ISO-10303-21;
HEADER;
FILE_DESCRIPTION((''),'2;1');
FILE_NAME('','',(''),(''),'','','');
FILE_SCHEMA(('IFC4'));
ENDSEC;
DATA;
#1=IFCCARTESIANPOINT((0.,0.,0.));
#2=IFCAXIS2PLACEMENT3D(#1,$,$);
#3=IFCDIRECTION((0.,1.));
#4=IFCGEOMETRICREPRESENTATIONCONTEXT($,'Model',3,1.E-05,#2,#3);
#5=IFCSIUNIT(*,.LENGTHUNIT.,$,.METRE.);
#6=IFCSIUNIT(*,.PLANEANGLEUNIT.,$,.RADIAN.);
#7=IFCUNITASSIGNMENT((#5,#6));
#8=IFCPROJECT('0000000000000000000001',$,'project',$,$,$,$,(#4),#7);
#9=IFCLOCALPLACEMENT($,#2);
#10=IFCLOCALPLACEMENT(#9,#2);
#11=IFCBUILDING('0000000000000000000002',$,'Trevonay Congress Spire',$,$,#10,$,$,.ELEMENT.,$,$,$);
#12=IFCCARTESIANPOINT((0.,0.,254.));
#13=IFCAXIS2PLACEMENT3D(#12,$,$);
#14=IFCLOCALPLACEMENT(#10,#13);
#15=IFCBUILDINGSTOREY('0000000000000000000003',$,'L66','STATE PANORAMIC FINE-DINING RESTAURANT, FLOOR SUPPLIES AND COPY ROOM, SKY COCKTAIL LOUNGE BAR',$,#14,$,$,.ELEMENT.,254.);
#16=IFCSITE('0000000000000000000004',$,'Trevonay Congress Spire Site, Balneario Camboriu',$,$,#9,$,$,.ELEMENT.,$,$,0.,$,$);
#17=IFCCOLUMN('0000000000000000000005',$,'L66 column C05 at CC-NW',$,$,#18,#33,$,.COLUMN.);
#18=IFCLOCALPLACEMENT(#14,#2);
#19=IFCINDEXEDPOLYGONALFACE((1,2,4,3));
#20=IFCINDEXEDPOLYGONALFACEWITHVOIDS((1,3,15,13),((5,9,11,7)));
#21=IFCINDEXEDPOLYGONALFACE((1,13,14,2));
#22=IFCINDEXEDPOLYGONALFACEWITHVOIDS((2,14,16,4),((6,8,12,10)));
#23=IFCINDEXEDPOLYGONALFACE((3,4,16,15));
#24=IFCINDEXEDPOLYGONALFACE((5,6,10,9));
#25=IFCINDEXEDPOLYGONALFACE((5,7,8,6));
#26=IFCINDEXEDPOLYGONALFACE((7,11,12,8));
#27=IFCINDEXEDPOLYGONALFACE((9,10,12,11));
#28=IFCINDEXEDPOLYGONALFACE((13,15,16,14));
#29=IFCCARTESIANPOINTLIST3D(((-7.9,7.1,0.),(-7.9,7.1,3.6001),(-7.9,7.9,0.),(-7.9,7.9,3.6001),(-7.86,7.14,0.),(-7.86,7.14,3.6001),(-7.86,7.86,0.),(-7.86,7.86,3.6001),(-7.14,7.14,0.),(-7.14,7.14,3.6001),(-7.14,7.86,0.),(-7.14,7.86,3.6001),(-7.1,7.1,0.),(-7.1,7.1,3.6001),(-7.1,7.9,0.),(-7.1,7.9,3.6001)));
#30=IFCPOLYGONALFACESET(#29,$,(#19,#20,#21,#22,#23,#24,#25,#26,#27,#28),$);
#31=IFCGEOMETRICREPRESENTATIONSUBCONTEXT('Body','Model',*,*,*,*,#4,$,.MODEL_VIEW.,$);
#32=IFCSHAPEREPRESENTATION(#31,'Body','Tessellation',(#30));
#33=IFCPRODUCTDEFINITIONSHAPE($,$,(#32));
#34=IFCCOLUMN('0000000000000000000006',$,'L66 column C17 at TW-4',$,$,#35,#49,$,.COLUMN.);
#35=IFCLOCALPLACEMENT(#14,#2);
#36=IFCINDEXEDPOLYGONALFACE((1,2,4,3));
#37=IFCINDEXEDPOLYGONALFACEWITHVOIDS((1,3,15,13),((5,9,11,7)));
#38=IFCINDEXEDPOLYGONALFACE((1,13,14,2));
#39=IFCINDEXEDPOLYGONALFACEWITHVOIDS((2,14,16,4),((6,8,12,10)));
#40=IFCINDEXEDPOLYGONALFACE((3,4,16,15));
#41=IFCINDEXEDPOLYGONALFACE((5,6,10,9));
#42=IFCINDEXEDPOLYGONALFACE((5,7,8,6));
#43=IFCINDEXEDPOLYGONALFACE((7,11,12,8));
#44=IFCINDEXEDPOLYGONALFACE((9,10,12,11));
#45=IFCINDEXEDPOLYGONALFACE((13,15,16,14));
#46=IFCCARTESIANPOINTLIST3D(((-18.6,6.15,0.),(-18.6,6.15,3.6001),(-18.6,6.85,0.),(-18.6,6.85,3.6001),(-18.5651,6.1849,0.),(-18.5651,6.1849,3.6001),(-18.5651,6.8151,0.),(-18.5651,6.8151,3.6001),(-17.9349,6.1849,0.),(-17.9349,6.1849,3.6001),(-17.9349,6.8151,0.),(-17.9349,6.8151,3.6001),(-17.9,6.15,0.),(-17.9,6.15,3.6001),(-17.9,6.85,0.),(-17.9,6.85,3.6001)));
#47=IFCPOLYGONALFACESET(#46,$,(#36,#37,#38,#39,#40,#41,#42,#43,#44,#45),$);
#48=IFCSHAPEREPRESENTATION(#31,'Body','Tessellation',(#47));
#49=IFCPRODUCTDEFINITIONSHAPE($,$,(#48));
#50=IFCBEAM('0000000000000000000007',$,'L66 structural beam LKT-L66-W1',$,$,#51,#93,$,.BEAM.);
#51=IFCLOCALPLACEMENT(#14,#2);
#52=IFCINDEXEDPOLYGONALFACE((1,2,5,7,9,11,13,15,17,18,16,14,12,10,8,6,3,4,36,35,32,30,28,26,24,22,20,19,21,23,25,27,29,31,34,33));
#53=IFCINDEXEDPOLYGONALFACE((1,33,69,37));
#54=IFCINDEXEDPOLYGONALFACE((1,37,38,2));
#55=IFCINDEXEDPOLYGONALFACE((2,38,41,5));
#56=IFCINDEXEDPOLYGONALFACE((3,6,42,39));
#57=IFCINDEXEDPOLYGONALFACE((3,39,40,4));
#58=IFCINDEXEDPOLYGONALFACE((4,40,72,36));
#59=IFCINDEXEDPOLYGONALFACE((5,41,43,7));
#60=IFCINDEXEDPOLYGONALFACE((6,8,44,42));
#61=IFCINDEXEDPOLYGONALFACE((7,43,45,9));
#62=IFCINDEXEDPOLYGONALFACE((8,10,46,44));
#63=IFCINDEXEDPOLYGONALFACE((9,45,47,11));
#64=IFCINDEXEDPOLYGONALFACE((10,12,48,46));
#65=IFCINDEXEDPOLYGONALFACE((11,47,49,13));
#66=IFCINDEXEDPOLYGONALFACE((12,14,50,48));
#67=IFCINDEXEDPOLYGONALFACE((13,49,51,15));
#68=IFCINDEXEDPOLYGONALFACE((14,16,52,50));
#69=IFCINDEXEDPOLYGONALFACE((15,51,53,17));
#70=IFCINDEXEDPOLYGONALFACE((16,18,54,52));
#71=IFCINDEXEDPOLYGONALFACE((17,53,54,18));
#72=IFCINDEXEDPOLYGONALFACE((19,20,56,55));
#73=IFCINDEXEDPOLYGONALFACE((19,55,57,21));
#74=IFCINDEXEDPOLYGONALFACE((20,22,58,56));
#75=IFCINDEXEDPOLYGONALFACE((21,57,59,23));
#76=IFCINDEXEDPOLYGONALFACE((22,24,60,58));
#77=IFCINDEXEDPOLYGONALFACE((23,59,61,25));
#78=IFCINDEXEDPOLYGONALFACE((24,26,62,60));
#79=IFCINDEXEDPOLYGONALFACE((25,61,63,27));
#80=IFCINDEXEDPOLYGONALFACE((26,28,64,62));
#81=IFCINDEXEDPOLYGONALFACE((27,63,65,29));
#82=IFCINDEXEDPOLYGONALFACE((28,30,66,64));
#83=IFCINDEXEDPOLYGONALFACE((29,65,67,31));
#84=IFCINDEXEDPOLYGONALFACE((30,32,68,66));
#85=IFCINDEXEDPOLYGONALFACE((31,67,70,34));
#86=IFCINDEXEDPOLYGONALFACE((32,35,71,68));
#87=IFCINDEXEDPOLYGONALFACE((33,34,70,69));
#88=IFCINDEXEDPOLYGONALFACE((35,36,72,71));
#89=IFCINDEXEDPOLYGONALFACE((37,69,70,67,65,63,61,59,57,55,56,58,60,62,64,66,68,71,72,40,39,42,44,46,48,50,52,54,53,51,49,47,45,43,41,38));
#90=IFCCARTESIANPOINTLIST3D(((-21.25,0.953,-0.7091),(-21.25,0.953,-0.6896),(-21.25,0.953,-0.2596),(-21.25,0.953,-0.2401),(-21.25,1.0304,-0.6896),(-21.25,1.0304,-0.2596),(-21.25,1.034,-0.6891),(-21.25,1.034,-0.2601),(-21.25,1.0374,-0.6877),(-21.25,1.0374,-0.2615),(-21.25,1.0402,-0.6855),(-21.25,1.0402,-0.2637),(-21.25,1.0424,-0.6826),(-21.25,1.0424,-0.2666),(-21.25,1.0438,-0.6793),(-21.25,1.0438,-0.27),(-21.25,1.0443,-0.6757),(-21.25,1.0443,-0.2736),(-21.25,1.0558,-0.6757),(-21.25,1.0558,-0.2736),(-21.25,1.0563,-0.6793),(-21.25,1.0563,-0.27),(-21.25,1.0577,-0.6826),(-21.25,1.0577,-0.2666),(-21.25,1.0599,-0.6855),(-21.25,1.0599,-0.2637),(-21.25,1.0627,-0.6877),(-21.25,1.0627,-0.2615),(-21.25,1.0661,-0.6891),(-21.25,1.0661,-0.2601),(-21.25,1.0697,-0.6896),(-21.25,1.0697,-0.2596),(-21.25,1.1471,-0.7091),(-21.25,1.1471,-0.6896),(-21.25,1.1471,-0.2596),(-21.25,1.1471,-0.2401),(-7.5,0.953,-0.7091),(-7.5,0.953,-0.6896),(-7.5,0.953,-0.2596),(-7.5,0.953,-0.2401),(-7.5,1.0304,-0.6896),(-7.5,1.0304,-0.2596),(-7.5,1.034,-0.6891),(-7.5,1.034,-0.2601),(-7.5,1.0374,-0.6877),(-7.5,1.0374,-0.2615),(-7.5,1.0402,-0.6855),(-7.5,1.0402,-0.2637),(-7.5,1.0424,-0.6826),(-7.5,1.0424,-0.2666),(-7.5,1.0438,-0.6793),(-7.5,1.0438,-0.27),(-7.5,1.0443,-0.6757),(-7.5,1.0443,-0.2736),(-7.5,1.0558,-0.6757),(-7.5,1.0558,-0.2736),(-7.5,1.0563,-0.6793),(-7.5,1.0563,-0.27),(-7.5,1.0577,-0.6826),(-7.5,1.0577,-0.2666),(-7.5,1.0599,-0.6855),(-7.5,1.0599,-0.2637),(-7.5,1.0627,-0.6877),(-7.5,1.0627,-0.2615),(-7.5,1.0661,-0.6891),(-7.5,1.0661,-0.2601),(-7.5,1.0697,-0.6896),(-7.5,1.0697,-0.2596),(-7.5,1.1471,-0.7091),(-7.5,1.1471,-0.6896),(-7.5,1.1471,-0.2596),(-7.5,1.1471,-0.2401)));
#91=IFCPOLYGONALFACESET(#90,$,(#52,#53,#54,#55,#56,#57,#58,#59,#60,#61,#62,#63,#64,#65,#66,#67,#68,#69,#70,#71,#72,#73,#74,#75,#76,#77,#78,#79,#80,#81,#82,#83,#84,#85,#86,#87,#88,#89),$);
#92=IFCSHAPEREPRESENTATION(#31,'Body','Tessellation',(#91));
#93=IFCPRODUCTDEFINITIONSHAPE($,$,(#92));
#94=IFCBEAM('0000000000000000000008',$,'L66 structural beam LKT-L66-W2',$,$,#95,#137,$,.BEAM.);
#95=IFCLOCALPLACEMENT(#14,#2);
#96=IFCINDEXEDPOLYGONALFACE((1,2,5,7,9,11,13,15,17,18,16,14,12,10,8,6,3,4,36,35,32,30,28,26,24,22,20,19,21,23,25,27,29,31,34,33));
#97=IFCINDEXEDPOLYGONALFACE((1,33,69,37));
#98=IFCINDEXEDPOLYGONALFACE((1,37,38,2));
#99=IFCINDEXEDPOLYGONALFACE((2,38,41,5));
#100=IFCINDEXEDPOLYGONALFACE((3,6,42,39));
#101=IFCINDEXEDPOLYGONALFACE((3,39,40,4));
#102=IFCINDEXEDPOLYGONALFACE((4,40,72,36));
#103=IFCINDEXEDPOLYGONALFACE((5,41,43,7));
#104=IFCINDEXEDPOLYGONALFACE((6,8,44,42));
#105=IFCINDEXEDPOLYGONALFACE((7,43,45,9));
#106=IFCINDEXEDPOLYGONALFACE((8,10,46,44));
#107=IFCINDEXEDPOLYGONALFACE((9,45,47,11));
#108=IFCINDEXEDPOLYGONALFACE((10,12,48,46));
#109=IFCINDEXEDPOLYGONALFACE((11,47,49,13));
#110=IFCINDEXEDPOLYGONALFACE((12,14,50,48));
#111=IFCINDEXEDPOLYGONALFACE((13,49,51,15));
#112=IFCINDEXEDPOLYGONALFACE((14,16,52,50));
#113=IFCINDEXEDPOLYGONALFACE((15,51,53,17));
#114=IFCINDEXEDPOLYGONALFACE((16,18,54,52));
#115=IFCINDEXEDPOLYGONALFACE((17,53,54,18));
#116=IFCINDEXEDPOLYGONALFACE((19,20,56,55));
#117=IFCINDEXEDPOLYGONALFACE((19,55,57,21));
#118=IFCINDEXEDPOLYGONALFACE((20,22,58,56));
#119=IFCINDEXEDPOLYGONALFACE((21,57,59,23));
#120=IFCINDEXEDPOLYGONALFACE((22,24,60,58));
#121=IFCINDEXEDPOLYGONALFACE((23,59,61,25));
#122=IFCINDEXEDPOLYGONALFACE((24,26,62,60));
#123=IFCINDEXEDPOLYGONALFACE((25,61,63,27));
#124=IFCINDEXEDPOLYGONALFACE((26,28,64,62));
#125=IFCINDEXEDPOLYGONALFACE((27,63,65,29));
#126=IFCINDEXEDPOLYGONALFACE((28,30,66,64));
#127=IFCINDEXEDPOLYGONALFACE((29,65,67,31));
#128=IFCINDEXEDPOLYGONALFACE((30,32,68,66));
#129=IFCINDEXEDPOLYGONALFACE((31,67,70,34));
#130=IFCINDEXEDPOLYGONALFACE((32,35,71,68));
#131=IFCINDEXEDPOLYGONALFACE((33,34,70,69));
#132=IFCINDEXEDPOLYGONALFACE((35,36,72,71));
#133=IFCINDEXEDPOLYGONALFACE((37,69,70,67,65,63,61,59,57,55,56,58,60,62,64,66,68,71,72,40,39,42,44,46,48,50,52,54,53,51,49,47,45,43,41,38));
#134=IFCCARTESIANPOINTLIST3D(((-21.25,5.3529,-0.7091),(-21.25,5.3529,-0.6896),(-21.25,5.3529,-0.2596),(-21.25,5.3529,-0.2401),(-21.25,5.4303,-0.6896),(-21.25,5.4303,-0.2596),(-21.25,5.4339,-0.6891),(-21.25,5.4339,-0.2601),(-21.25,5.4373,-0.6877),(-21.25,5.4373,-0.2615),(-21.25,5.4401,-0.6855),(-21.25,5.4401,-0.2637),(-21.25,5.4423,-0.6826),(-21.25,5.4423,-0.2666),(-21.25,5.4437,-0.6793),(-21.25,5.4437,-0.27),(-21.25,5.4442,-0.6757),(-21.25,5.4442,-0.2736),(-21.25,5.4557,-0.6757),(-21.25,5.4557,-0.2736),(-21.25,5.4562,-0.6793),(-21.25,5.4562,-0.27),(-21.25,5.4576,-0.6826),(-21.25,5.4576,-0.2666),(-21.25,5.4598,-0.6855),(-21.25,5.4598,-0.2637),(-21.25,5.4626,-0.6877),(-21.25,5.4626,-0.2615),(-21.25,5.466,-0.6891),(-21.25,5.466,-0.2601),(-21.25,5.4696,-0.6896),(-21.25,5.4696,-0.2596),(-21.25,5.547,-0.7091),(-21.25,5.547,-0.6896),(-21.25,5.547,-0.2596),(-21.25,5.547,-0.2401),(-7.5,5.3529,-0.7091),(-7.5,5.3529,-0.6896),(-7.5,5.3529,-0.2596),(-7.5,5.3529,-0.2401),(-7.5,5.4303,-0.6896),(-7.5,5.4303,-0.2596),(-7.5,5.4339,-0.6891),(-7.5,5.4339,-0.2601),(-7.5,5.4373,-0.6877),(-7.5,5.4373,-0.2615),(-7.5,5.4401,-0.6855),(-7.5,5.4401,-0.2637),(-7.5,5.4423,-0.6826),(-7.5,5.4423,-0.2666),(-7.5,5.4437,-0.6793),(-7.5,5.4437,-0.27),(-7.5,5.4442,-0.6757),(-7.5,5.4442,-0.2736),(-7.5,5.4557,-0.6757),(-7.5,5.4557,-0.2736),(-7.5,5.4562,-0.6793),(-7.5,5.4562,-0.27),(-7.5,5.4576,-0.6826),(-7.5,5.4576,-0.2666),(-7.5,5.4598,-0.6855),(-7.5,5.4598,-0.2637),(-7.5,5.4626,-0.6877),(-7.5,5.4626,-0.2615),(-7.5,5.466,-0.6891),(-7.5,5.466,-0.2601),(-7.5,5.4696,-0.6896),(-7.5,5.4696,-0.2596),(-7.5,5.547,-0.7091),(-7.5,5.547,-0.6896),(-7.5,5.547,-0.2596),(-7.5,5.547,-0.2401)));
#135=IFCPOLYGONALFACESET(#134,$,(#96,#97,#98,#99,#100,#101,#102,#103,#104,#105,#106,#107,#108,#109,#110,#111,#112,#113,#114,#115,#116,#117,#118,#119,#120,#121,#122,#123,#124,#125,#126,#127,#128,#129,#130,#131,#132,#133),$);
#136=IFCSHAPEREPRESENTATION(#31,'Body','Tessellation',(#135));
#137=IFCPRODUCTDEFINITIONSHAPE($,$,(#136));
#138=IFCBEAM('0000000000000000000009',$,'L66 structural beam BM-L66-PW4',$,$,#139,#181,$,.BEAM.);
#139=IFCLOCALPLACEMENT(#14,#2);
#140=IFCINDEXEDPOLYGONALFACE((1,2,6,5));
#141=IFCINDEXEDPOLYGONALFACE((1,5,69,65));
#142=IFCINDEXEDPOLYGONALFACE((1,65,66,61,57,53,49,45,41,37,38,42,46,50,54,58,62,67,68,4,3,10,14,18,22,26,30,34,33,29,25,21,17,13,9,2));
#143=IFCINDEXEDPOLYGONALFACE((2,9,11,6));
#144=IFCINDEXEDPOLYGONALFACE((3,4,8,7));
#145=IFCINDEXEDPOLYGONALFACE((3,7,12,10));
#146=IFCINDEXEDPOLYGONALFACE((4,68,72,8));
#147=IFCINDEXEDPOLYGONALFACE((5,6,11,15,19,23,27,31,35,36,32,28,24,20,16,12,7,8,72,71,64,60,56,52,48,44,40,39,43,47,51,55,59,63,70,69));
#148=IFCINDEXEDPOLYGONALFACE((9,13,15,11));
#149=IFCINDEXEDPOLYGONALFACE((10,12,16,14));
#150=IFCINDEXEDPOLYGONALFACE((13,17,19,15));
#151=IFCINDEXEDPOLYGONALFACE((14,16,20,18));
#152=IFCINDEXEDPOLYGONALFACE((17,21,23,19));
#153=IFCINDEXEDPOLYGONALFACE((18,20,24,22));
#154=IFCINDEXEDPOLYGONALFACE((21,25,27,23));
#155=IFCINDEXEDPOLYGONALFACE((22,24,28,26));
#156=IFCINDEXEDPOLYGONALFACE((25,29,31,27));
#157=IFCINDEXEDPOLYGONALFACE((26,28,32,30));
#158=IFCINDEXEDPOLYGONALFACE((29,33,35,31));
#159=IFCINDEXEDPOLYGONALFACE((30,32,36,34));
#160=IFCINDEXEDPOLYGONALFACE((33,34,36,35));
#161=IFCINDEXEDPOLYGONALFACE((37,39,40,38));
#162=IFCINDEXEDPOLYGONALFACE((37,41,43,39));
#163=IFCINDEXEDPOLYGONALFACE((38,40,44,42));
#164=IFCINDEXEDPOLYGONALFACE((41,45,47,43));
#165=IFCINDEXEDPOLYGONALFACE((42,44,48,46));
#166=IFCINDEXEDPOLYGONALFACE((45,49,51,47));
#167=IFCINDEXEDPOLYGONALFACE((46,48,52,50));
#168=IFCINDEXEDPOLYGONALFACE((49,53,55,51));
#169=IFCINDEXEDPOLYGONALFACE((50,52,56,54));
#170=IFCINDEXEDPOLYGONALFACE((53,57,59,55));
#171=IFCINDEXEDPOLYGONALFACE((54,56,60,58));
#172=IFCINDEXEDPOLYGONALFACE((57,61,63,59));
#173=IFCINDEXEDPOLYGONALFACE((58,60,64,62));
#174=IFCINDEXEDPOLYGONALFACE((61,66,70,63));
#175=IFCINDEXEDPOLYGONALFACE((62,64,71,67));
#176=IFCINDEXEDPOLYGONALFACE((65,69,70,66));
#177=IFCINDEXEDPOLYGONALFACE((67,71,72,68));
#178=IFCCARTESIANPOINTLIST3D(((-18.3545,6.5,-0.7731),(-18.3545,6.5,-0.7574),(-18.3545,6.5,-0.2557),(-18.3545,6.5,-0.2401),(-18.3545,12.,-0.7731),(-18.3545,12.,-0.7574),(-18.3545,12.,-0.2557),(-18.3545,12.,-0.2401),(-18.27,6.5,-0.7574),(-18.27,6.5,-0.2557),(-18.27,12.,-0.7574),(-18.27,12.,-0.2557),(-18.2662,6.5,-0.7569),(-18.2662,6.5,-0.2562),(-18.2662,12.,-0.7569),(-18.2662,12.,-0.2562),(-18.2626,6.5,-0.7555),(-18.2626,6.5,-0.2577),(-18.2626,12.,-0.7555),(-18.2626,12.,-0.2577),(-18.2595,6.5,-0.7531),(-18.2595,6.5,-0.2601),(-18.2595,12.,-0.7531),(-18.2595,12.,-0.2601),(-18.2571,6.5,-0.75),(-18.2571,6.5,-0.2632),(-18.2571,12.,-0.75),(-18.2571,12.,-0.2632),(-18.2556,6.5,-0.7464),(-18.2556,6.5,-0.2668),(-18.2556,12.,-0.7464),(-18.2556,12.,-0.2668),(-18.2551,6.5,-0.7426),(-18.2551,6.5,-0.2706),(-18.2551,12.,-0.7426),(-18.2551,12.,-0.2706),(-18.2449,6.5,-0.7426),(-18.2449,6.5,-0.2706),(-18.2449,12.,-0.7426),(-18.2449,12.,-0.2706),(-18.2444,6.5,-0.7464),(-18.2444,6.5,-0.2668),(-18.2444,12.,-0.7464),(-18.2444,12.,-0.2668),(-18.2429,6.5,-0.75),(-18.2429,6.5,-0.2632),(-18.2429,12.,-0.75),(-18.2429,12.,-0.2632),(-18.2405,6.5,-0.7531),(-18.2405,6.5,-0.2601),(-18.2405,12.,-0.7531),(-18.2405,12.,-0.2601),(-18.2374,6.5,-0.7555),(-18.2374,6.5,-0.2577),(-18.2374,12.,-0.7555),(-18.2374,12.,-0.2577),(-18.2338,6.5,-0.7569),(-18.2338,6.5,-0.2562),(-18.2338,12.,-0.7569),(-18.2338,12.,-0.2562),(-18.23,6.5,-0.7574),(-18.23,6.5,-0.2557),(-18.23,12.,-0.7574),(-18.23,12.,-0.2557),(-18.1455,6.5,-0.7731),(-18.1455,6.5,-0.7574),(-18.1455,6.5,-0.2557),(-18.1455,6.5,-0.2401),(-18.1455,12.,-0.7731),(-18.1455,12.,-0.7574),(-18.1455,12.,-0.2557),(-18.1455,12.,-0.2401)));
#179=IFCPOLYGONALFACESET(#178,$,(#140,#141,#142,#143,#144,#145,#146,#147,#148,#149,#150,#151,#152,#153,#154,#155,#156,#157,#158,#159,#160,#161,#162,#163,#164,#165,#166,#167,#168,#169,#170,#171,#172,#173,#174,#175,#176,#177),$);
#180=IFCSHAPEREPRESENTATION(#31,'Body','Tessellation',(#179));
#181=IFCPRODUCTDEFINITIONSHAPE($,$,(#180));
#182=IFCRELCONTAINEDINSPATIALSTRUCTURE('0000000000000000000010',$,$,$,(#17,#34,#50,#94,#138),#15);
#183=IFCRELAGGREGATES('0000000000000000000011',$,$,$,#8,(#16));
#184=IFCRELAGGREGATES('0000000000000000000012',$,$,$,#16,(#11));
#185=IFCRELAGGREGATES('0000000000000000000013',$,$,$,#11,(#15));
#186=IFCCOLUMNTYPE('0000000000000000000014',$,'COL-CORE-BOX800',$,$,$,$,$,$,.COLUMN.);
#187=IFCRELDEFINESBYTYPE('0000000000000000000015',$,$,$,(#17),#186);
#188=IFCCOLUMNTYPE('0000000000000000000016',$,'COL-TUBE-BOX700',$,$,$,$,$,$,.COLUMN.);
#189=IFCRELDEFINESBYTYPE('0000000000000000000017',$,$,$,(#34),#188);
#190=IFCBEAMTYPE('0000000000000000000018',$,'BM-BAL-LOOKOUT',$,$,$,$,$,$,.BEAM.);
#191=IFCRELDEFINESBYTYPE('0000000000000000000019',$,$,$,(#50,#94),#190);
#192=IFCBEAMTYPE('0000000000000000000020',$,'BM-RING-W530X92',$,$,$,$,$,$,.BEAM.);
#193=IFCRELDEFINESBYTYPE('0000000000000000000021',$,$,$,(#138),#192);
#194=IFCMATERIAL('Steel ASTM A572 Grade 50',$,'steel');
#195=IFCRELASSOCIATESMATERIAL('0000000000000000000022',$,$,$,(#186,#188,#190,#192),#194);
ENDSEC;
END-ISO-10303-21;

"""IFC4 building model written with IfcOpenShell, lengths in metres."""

from ifc_helpers import new_model, si_unit, direction, frame, origin, origin_2d, place, context, subcontext, project, spatial, hollow_rectangle, i_section, extrude, material, material_profile, profile_set, type_object, element, save


model = new_model("IFC4")

# Units and contexts
model_context = context("Model", 3, precision=1e-05, world=origin(), true_north=direction((0.0, 1.0)))
body_context = subcontext(model_context, "Body", "Model", "MODEL_VIEW")
ifc_project = project(units=[si_unit("LENGTHUNIT", "METRE"), si_unit("PLANEANGLEUNIT", "RADIAN")], contexts=[model_context])

# Site, building, storey
site_placement = place(None, origin())
site = spatial("IfcSite", under=ifc_project, at=site_placement, Name="Trevonay Congress Spire Site, Balneario Camboriu", CompositionType="ELEMENT", RefElevation=0.0)
building_placement = place(site_placement, origin())
building = spatial("IfcBuilding", under=site, at=building_placement, Name="Trevonay Congress Spire", CompositionType="ELEMENT")
storey_placement = place(building_placement, frame((0.0, 0.0, 254.0)))
storey = spatial("IfcBuildingStorey", under=building, at=storey_placement, Name="L66", Description="STATE PANORAMIC FINE-DINING RESTAURANT, FLOOR SUPPLIES AND COPY ROOM, SKY COCKTAIL LOUNGE BAR", CompositionType="ELEMENT", Elevation=254.0)

# Columns
ifc_material_1 = material(Name="Steel ASTM A572 Grade 50", Category="steel")
ifc_material_profile_1 = material_profile(ifc_material_1, hollow_rectangle(XDim=0.8, YDim=0.8, WallThickness=0.04, at=origin_2d()), Name="BOX 800x800x40")
ifc_profile_set_1 = profile_set([ifc_material_profile_1], Name="Steel ASTM A572 Grade 50")
column_type_1 = type_object("IfcColumnType", Name="COL-CORE-BOX800", PredefinedType="COLUMN", material=ifc_profile_set_1)
column_1_placement = place(storey_placement, frame((-7.5, 7.5, 0.0), z_axis=(0.0, 0.0, 1.0), x_axis=(1.0, 0.0, 0.0)))
element("IfcColumn", 1, at=column_1_placement, inside=storey, type_object=column_type_1, Name="L66 column C05 at CC-NW", PredefinedType="COLUMN", context=body_context, shape_type="SweptSolid", body=[
    extrude(hollow_rectangle(XDim=0.8, YDim=0.8, WallThickness=0.04, at=origin_2d()), origin(), (0.0, 0.0, 1.0), 3.6001),
])
ifc_material_profile_2 = material_profile(ifc_material_1, hollow_rectangle(XDim=0.7, YDim=0.7, WallThickness=0.0349, at=origin_2d()), Name="BOX 700x700x35")
ifc_profile_set_2 = profile_set([ifc_material_profile_2], Name="Steel ASTM A572 Grade 50")
column_type_2 = type_object("IfcColumnType", Name="COL-TUBE-BOX700", PredefinedType="COLUMN", material=ifc_profile_set_2)
column_2_placement = place(storey_placement, frame((-18.25, 6.5, 0.0), z_axis=(0.0, 0.0, 1.0), x_axis=(1.0, 0.0, 0.0)))
element("IfcColumn", 2, at=column_2_placement, inside=storey, type_object=column_type_2, Name="L66 column C17 at TW-4", PredefinedType="COLUMN", context=body_context, shape_type="SweptSolid", body=[
    extrude(hollow_rectangle(XDim=0.7, YDim=0.7, WallThickness=0.0349, at=origin_2d()), origin(), (0.0, 0.0, 1.0), 3.6001),
])

# Beams
ifc_material_profile_3 = material_profile(ifc_material_1, i_section(OverallWidth=0.1941, OverallDepth=0.469, WebThickness=0.0115, FlangeThickness=0.0195, FilletRadius=0.0139, at=origin_2d()), Name="W460x106")
ifc_profile_set_3 = profile_set([ifc_material_profile_3], Name="Steel ASTM A572 Grade 50")
beam_type_1 = type_object("IfcBeamType", Name="BM-BAL-LOOKOUT", PredefinedType="BEAM", material=ifc_profile_set_3)
for number, where, z_axis, x_axis, name in (
    (3, (-7.5, 1.05, -0.4746), (-1.0, 0.0, 0.0), (0.0, -1.0, 0.0), "L66 structural beam LKT-L66-W1"),
    (4, (-7.5, 5.45, -0.4746), (-1.0, 0.0, 0.0), (0.0, -1.0, 0.0), "L66 structural beam LKT-L66-W2"),
):
    element("IfcBeam", number, at=place(storey_placement, frame(where, z_axis=z_axis, x_axis=x_axis)), inside=storey, type_object=beam_type_1, Name=name, PredefinedType="BEAM", context=body_context, shape_type="SweptSolid", body=[
        extrude(i_section(OverallWidth=0.1941, OverallDepth=0.469, WebThickness=0.0115, FlangeThickness=0.0195, FilletRadius=0.0139, at=origin_2d()), origin(), (0.0, 0.0, 1.0), 13.75),
    ])
ifc_material_profile_4 = material_profile(ifc_material_1, i_section(OverallWidth=0.209, OverallDepth=0.533, WebThickness=0.0103, FlangeThickness=0.0156, FilletRadius=0.0149, at=origin_2d()), Name="W530x92")
ifc_profile_set_4 = profile_set([ifc_material_profile_4], Name="Steel ASTM A572 Grade 50")
beam_type_2 = type_object("IfcBeamType", Name="BM-RING-W530X92", PredefinedType="BEAM", material=ifc_profile_set_4)
beam_1_placement = place(storey_placement, frame((-18.25, 6.5, -0.5066), z_axis=(0.0, 1.0, 0.0), x_axis=(-1.0, 0.0, 0.0)))
element("IfcBeam", 5, at=beam_1_placement, inside=storey, type_object=beam_type_2, Name="L66 structural beam BM-L66-PW4", PredefinedType="BEAM", context=body_context, shape_type="SweptSolid", body=[
    extrude(i_section(OverallWidth=0.209, OverallDepth=0.533, WebThickness=0.0103, FlangeThickness=0.0156, FilletRadius=0.0149, at=origin_2d()), origin(), (0.0, 0.0, 1.0), 5.5),
])

save(model, "model.ifc")
